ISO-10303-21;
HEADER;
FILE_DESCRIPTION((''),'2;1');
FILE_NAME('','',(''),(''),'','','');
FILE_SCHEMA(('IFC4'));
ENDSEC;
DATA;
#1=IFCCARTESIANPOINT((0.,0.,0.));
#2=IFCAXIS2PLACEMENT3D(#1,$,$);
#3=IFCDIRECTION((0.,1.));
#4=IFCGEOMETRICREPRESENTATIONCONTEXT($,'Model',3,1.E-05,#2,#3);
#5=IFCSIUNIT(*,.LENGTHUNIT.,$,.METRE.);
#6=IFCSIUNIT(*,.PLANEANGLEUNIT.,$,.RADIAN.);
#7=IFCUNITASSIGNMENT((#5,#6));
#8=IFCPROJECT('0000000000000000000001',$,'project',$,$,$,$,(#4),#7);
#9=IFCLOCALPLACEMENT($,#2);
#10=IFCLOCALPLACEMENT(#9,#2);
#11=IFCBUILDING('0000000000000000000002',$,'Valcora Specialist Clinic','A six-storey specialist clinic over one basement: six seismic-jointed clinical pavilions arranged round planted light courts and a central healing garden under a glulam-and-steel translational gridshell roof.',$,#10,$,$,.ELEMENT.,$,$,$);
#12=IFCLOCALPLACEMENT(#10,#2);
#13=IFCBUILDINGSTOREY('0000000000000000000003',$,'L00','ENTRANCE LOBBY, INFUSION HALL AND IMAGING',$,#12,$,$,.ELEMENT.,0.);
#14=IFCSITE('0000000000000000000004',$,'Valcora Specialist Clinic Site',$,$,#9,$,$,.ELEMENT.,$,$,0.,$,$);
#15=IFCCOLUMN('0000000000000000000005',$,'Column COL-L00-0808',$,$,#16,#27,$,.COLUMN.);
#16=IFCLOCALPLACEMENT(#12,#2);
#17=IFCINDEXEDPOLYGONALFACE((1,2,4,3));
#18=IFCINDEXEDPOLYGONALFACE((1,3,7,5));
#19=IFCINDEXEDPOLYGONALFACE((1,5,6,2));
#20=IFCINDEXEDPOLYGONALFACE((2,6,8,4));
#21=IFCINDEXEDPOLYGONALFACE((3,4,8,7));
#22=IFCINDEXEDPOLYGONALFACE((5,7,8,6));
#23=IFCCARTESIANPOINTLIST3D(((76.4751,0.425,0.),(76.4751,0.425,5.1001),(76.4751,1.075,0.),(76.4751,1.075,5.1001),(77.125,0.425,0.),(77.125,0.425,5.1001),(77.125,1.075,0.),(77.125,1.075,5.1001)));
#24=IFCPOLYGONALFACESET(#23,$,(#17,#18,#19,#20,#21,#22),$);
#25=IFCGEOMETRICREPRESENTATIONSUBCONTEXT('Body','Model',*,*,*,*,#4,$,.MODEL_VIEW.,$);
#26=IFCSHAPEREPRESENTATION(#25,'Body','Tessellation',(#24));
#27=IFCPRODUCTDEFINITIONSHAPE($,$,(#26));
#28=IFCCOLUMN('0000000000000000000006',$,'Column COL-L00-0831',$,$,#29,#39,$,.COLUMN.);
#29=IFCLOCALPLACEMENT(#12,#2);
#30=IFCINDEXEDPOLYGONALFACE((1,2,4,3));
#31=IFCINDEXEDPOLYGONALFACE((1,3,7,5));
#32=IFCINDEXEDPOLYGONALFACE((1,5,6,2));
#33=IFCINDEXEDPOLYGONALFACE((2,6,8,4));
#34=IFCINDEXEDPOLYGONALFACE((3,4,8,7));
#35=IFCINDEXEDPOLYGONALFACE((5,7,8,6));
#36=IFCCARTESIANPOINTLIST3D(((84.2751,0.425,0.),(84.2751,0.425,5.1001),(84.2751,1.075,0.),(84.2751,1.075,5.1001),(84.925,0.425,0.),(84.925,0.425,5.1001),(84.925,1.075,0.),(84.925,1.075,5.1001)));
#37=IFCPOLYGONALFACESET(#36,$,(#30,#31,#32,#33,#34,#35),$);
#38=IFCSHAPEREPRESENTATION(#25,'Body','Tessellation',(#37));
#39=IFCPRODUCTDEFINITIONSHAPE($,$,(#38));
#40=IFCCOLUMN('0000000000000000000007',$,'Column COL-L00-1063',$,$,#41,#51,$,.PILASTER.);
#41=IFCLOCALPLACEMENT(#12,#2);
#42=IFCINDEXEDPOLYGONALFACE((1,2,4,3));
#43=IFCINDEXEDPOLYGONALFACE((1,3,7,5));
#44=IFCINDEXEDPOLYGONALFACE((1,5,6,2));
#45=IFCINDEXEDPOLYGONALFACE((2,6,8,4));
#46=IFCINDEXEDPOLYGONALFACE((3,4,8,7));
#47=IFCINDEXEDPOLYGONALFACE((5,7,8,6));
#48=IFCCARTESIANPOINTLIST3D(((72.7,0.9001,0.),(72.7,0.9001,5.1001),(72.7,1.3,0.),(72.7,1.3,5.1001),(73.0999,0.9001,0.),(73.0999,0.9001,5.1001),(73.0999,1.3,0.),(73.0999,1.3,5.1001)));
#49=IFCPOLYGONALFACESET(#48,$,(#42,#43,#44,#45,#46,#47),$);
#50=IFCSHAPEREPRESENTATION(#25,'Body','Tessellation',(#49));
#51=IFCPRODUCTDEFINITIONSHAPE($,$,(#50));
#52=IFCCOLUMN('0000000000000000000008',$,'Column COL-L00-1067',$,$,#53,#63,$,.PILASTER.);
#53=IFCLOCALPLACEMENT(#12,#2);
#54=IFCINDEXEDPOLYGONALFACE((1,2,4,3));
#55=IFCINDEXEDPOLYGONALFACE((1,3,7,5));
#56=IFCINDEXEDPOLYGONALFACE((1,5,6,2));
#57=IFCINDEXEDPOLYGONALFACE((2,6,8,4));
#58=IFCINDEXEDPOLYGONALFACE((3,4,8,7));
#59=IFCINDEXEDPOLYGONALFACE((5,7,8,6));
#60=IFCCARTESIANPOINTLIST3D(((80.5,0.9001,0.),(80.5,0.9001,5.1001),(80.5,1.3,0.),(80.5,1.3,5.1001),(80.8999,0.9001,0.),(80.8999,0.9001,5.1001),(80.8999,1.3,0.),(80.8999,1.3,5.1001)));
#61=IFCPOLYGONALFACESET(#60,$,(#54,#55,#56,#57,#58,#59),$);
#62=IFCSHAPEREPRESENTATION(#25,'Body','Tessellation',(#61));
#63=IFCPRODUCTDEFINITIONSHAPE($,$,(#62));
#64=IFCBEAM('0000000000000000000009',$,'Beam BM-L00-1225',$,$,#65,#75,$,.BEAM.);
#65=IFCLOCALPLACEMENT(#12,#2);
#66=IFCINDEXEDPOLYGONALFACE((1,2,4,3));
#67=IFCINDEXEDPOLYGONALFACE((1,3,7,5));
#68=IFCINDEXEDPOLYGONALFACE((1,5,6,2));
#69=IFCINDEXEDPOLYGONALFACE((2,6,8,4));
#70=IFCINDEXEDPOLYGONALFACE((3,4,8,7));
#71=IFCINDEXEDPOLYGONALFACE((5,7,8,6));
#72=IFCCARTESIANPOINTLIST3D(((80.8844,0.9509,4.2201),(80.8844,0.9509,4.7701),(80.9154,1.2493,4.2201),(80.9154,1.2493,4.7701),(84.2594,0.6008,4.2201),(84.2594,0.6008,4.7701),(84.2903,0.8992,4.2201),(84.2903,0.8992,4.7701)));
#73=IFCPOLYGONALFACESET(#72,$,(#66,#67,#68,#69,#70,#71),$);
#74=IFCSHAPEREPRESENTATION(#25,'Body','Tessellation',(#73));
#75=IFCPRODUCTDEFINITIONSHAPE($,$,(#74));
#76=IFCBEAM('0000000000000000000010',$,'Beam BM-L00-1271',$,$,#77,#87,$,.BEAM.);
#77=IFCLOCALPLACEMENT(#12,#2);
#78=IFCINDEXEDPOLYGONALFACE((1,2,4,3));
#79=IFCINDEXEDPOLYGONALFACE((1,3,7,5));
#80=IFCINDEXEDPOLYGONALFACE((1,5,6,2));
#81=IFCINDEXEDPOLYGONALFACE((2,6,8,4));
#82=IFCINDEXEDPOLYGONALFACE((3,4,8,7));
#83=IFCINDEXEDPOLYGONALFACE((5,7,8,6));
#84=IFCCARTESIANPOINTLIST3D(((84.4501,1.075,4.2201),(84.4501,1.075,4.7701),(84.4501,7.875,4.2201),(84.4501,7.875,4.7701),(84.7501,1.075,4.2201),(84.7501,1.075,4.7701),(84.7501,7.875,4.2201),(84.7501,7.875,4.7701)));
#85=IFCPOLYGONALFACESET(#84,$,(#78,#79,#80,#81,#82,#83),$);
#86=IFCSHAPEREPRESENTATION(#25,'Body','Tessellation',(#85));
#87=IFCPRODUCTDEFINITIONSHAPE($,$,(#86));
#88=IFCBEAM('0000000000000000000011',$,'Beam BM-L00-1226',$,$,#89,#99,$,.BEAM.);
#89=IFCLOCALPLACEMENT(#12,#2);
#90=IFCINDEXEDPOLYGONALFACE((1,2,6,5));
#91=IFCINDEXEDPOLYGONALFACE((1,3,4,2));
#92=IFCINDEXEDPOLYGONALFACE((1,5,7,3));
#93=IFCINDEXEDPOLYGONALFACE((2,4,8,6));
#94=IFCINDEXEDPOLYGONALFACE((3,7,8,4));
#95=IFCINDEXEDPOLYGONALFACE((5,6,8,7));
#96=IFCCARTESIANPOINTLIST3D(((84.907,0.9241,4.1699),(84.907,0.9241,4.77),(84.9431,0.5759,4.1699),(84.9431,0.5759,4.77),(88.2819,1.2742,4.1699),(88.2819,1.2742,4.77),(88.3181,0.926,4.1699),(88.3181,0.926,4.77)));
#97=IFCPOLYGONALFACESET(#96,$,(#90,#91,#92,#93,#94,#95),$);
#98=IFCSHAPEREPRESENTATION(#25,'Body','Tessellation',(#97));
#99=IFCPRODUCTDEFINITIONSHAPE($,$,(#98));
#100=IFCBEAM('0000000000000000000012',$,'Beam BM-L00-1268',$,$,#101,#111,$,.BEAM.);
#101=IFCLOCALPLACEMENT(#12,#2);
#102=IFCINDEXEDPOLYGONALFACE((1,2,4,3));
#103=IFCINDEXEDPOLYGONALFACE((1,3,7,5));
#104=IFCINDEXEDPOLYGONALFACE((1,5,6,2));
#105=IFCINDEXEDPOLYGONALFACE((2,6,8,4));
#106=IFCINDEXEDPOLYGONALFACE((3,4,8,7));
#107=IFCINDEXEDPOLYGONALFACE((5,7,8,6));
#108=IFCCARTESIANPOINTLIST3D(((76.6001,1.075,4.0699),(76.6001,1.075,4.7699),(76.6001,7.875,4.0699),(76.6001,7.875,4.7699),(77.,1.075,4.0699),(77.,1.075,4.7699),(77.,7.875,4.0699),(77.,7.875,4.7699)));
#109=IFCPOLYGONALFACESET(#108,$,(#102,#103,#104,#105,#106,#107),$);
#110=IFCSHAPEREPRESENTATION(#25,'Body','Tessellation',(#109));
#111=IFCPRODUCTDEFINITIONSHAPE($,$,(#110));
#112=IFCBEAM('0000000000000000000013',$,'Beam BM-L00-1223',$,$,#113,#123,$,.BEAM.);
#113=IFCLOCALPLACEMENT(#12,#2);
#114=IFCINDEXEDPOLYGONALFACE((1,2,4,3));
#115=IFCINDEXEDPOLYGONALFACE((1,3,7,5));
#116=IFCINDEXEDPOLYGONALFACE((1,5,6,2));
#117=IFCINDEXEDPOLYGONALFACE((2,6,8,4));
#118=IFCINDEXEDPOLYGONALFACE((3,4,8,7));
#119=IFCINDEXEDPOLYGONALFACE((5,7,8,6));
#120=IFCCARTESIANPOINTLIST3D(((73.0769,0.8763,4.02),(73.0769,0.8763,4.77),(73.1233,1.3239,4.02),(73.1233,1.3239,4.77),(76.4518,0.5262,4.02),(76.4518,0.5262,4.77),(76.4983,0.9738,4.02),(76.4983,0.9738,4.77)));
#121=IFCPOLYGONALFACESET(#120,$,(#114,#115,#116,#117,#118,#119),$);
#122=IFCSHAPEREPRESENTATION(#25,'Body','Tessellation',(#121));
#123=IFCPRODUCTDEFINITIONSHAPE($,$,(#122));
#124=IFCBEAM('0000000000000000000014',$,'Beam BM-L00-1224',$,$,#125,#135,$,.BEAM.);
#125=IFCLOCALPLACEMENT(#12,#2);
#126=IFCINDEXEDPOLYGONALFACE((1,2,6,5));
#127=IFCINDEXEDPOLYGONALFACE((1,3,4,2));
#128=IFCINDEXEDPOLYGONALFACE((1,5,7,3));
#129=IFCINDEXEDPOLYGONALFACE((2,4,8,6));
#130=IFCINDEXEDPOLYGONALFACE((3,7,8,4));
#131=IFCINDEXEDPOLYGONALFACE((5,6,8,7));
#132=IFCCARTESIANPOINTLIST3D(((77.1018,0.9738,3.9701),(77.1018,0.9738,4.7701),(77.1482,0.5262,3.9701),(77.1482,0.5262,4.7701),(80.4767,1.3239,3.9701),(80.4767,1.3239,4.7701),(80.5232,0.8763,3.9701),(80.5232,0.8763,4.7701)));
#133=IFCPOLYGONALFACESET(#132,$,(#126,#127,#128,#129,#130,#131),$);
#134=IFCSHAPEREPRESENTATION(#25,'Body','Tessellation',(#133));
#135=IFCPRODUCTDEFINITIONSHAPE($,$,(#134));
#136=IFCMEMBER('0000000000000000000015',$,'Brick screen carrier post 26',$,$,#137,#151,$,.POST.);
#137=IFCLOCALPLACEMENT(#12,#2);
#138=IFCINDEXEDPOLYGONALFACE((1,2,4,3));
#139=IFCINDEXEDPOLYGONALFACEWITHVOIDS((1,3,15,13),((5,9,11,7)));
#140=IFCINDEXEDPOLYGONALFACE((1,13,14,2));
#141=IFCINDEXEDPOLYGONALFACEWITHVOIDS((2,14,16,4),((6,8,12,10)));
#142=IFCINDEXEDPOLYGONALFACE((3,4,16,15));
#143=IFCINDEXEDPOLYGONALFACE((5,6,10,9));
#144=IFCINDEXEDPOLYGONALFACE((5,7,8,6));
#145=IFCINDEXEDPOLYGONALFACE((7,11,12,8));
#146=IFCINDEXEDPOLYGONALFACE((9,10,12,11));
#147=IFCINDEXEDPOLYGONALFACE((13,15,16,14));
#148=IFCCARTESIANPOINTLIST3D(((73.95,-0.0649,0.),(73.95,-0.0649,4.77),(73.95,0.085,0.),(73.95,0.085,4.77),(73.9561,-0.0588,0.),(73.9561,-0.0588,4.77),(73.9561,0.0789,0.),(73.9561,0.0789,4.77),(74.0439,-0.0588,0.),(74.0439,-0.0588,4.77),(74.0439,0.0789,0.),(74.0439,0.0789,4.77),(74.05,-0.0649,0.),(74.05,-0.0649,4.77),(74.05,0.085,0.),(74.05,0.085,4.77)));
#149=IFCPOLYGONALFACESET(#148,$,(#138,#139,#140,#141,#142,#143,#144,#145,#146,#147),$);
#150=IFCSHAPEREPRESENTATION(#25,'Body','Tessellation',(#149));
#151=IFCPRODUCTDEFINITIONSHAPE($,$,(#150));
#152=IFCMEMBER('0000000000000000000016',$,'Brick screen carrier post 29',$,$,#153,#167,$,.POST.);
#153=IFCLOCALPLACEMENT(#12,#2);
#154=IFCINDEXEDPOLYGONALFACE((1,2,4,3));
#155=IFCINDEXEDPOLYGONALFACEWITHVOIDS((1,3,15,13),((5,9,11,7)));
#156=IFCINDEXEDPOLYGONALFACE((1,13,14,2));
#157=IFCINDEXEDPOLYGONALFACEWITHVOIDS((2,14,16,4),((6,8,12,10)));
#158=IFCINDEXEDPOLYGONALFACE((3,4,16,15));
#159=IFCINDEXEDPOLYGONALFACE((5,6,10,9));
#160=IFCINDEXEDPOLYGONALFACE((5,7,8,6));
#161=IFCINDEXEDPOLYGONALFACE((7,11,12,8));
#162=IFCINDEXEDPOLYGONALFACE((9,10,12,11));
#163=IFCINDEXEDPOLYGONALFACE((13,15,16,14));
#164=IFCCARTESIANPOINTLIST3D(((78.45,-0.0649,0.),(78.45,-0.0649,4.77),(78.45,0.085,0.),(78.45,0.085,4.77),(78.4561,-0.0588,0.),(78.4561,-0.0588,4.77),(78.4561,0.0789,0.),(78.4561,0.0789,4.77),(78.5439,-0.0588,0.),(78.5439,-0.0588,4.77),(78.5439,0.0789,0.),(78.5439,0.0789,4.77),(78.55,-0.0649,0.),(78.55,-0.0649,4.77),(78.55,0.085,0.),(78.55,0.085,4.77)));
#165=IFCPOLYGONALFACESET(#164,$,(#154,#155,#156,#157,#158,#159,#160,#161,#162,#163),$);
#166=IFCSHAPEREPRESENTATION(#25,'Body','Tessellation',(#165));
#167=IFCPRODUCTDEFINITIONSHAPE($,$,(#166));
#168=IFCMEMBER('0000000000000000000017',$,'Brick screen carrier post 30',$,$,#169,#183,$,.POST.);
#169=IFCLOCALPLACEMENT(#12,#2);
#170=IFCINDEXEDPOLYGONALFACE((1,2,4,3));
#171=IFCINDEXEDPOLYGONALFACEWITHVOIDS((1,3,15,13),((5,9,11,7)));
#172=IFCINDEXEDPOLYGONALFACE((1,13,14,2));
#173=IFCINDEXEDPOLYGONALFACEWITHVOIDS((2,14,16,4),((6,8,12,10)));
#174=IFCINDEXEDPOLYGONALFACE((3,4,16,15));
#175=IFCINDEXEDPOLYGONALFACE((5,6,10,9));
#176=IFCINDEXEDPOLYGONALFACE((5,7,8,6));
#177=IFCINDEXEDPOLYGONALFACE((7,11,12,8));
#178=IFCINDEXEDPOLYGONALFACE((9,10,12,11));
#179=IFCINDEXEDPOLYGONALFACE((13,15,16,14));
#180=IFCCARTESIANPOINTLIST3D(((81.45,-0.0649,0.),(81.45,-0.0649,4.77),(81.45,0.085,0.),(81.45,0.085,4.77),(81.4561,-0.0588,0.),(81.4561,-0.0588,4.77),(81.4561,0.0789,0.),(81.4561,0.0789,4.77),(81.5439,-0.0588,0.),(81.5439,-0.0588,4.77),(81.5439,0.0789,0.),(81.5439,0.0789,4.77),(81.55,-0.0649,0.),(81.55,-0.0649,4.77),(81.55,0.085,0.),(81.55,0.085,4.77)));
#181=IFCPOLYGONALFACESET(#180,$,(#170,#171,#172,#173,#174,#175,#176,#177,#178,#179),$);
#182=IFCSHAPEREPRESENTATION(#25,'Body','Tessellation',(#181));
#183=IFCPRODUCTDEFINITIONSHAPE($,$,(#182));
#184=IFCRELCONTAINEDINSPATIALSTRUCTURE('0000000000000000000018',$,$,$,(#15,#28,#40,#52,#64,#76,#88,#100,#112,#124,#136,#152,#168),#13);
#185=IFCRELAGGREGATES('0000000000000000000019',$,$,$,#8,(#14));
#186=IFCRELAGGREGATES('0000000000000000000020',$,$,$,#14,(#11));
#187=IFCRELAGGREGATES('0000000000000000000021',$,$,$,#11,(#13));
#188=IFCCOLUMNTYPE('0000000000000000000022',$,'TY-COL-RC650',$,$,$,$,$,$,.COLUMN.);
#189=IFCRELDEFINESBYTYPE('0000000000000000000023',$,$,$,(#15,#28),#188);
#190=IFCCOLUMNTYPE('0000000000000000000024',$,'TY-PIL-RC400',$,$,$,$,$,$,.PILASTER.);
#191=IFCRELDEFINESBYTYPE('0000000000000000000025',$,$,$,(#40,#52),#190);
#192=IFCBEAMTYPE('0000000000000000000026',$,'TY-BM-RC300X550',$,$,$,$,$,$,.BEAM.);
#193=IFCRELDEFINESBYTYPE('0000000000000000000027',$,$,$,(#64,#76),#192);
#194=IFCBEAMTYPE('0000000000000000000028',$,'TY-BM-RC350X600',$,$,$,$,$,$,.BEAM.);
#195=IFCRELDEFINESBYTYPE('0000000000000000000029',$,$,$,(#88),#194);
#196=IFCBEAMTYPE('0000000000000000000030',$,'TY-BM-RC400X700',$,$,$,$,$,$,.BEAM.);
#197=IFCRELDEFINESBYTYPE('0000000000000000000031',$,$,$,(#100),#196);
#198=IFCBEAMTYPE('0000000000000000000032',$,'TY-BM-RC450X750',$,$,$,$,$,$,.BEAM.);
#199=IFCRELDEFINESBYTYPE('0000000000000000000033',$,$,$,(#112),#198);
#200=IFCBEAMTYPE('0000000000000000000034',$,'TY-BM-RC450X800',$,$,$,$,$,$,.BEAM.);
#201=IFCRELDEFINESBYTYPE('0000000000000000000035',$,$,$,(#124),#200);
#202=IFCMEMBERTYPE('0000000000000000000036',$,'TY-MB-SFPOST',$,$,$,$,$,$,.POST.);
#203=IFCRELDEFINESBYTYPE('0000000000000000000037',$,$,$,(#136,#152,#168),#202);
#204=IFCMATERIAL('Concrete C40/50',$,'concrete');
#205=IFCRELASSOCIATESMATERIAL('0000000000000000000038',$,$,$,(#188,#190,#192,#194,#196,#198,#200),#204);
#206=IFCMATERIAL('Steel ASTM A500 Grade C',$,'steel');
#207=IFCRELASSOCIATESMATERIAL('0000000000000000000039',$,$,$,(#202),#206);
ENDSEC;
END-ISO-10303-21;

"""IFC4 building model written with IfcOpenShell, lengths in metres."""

from ifc_helpers import new_model, si_unit, direction, frame, origin, origin_2d, place, context, subcontext, project, spatial, rectangle, hollow_rectangle, extrude, material, material_profile, profile_set, type_object, element, save


model = new_model("IFC4")

# Units and contexts
model_context = context("Model", 3, precision=1e-05, world=origin(), true_north=direction((0.0, 1.0)))
body_context = subcontext(model_context, "Body", "Model", "MODEL_VIEW")
ifc_project = project(units=[si_unit("LENGTHUNIT", "METRE"), si_unit("PLANEANGLEUNIT", "RADIAN")], contexts=[model_context])

# Site, building, storey
site_placement = place(None, origin())
site = spatial("IfcSite", under=ifc_project, at=site_placement, Name="Valcora Specialist Clinic Site", CompositionType="ELEMENT", RefElevation=0.0)
building_placement = place(site_placement, origin())
building = spatial("IfcBuilding", under=site, at=building_placement, Name="Valcora Specialist Clinic", Description="A six-storey specialist clinic over one basement: six seismic-jointed clinical pavilions arranged round planted light courts and a central healing garden under a glulam-and-steel translational gridshell roof.", CompositionType="ELEMENT")
storey_placement = place(building_placement, origin())
storey = spatial("IfcBuildingStorey", under=building, at=storey_placement, Name="L00", Description="ENTRANCE LOBBY, INFUSION HALL AND IMAGING", CompositionType="ELEMENT", Elevation=0.0)

# Columns
ifc_material_1 = material(Name="Concrete C40/50", Category="concrete")
ifc_material_profile_1 = material_profile(ifc_material_1, rectangle(XDim=0.6499, YDim=0.6499, at=origin_2d()), Name="RC-COL-650X650")
ifc_profile_set_1 = profile_set([ifc_material_profile_1], Name="Concrete C40/50")
column_type_1 = type_object("IfcColumnType", Name="TY-COL-RC650", PredefinedType="COLUMN", material=ifc_profile_set_1)
for number, where, z_axis, x_axis, name in (
    (1, (76.8, 0.75, 0.0), (0.0, 0.0, 1.0), (1.0, 0.0, 0.0), "Column COL-L00-0808"),
    (2, (84.6001, 0.75, 0.0), (0.0, 0.0, 1.0), (1.0, 0.0, 0.0), "Column COL-L00-0831"),
):
    element("IfcColumn", number, at=place(storey_placement, frame(where, z_axis=z_axis, x_axis=x_axis)), inside=storey, type_object=column_type_1, Name=name, PredefinedType="COLUMN", context=body_context, shape_type="SweptSolid", body=[
        extrude(rectangle(XDim=0.6499, YDim=0.6499, at=origin_2d()), origin(), (0.0, 0.0, 1.0), 5.1001),
    ])
ifc_material_profile_2 = material_profile(ifc_material_1, rectangle(XDim=0.3999, YDim=0.3999, at=origin_2d()), Name="RC-COL-400X400")
ifc_profile_set_2 = profile_set([ifc_material_profile_2], Name="Concrete C40/50")
column_type_2 = type_object("IfcColumnType", Name="TY-PIL-RC400", PredefinedType="PILASTER", material=ifc_profile_set_2)
for number, where, z_axis, x_axis, name in (
    (3, (72.8999, 1.1001, 0.0), (0.0, 0.0, 1.0), (1.0, 0.0, 0.0), "Column COL-L00-1063"),
    (4, (80.7, 1.1001, 0.0), (0.0, 0.0, 1.0), (1.0, 0.0, 0.0), "Column COL-L00-1067"),
):
    element("IfcColumn", number, at=place(storey_placement, frame(where, z_axis=z_axis, x_axis=x_axis)), inside=storey, type_object=column_type_2, Name=name, PredefinedType="PILASTER", context=body_context, shape_type="SweptSolid", body=[
        extrude(rectangle(XDim=0.3999, YDim=0.3999, at=origin_2d()), origin(), (0.0, 0.0, 1.0), 5.1001),
    ])

# Beams
ifc_material_profile_3 = material_profile(ifc_material_1, rectangle(XDim=0.3, YDim=0.55, at=origin_2d()), Name="RC-BM-300X550")
ifc_profile_set_3 = profile_set([ifc_material_profile_3], Name="Concrete C40/50")
beam_type_1 = type_object("IfcBeamType", Name="TY-BM-RC300X550", PredefinedType="BEAM", material=ifc_profile_set_3)
beam_1_placement = place(storey_placement, frame((80.8999, 1.1001, 4.4951), z_axis=(0.994663, -0.103179, 0.0), x_axis=(0.103179, 0.994663, 0.0)))
element("IfcBeam", 5, at=beam_1_placement, inside=storey, type_object=beam_type_1, Name="Beam BM-L00-1225", PredefinedType="BEAM", context=body_context, shape_type="SweptSolid", body=[
    extrude(rectangle(XDim=0.3, YDim=0.55, at=origin_2d()), origin(), (0.0, 0.0, 1.0), 3.3931),
])
beam_2_placement = place(storey_placement, frame((84.6001, 1.075, 4.4951), z_axis=(0.0, 1.0, 0.0), x_axis=(-1.0, 0.0, 0.0)))
element("IfcBeam", 6, at=beam_2_placement, inside=storey, type_object=beam_type_1, Name="Beam BM-L00-1271", PredefinedType="BEAM", context=body_context, shape_type="SweptSolid", body=[
    extrude(rectangle(XDim=0.3, YDim=0.55, at=origin_2d()), origin(), (0.0, 0.0, 1.0), 6.8),
])
ifc_material_profile_4 = material_profile(ifc_material_1, rectangle(XDim=0.3501, YDim=0.6001, at=origin_2d()), Name="RC-BM-350X600")
ifc_profile_set_4 = profile_set([ifc_material_profile_4], Name="Concrete C40/50")
beam_type_2 = type_object("IfcBeamType", Name="TY-BM-RC350X600", PredefinedType="BEAM", material=ifc_profile_set_4)
beam_3_placement = place(storey_placement, frame((84.925, 0.75, 4.47), z_axis=(0.994663, 0.103179, 0.0), x_axis=(-0.103179, 0.994663, 0.0)))
element("IfcBeam", 7, at=beam_3_placement, inside=storey, type_object=beam_type_2, Name="Beam BM-L00-1226", PredefinedType="BEAM", context=body_context, shape_type="SweptSolid", body=[
    extrude(rectangle(XDim=0.3501, YDim=0.6001, at=origin_2d()), origin(), (0.0, 0.0, 1.0), 3.3931),
])
ifc_material_profile_5 = material_profile(ifc_material_1, rectangle(XDim=0.3999, YDim=0.7, at=origin_2d()), Name="RC-BM-400X700")
ifc_profile_set_5 = profile_set([ifc_material_profile_5], Name="Concrete C40/50")
beam_type_3 = type_object("IfcBeamType", Name="TY-BM-RC400X700", PredefinedType="BEAM", material=ifc_profile_set_5)
beam_4_placement = place(storey_placement, frame((76.8, 1.075, 4.4199), z_axis=(0.0, 1.0, 0.0), x_axis=(-1.0, 0.0, 0.0)))
element("IfcBeam", 8, at=beam_4_placement, inside=storey, type_object=beam_type_3, Name="Beam BM-L00-1268", PredefinedType="BEAM", context=body_context, shape_type="SweptSolid", body=[
    extrude(rectangle(XDim=0.3999, YDim=0.7, at=origin_2d()), origin(), (0.0, 0.0, 1.0), 6.8),
])
ifc_material_profile_6 = material_profile(ifc_material_1, rectangle(XDim=0.45, YDim=0.75, at=origin_2d()), Name="RC-BM-450X750")
ifc_profile_set_6 = profile_set([ifc_material_profile_6], Name="Concrete C40/50")
beam_type_4 = type_object("IfcBeamType", Name="TY-BM-RC450X750", PredefinedType="BEAM", material=ifc_profile_set_6)
beam_5_placement = place(storey_placement, frame((73.1001, 1.1001, 4.395), z_axis=(0.994663, -0.103179, 0.0), x_axis=(0.103179, 0.994663, 0.0)))
element("IfcBeam", 9, at=beam_5_placement, inside=storey, type_object=beam_type_4, Name="Beam BM-L00-1223", PredefinedType="BEAM", context=body_context, shape_type="SweptSolid", body=[
    extrude(rectangle(XDim=0.45, YDim=0.75, at=origin_2d()), origin(), (0.0, 0.0, 1.0), 3.3931),
])
ifc_material_profile_7 = material_profile(ifc_material_1, rectangle(XDim=0.45, YDim=0.8, at=origin_2d()), Name="RC-BM-450X800")
ifc_profile_set_7 = profile_set([ifc_material_profile_7], Name="Concrete C40/50")
beam_type_5 = type_object("IfcBeamType", Name="TY-BM-RC450X800", PredefinedType="BEAM", material=ifc_profile_set_7)
beam_6_placement = place(storey_placement, frame((77.125, 0.75, 4.3701), z_axis=(0.994663, 0.103179, 0.0), x_axis=(-0.103179, 0.994663, 0.0)))
element("IfcBeam", 10, at=beam_6_placement, inside=storey, type_object=beam_type_5, Name="Beam BM-L00-1224", PredefinedType="BEAM", context=body_context, shape_type="SweptSolid", body=[
    extrude(rectangle(XDim=0.45, YDim=0.8, at=origin_2d()), origin(), (0.0, 0.0, 1.0), 3.3931),
])

# Members
ifc_material_2 = material(Name="Steel ASTM A500 Grade C", Category="steel")
ifc_material_profile_8 = material_profile(ifc_material_2, hollow_rectangle(XDim=0.1001, YDim=0.1499, WallThickness=0.0061, at=origin_2d()), Name="ST-RHS-150X100X6")
ifc_profile_set_8 = profile_set([ifc_material_profile_8], Name="Steel ASTM A500 Grade C")
member_type_1 = type_object("IfcMemberType", Name="TY-MB-SFPOST", PredefinedType="POST", material=ifc_profile_set_8)
for number, where, z_axis, x_axis, name in (
    (11, (74.0, 0.01, 0.0), (0.0, 0.0, 1.0), (1.0, 0.0, 0.0), "Brick screen carrier post 26"),
    (12, (78.5, 0.01, 0.0), (0.0, 0.0, 1.0), (1.0, 0.0, 0.0), "Brick screen carrier post 29"),
    (13, (81.5, 0.01, 0.0), (0.0, 0.0, 1.0), (1.0, 0.0, 0.0), "Brick screen carrier post 30"),
):
    element("IfcMember", number, at=place(storey_placement, frame(where, z_axis=z_axis, x_axis=x_axis)), inside=storey, type_object=member_type_1, Name=name, PredefinedType="POST", context=body_context, shape_type="SweptSolid", body=[
        extrude(hollow_rectangle(XDim=0.1001, YDim=0.1499, WallThickness=0.0061, at=origin_2d()), origin(), (0.0, 0.0, 1.0), 4.77),
    ])

save(model, "model.ifc")
